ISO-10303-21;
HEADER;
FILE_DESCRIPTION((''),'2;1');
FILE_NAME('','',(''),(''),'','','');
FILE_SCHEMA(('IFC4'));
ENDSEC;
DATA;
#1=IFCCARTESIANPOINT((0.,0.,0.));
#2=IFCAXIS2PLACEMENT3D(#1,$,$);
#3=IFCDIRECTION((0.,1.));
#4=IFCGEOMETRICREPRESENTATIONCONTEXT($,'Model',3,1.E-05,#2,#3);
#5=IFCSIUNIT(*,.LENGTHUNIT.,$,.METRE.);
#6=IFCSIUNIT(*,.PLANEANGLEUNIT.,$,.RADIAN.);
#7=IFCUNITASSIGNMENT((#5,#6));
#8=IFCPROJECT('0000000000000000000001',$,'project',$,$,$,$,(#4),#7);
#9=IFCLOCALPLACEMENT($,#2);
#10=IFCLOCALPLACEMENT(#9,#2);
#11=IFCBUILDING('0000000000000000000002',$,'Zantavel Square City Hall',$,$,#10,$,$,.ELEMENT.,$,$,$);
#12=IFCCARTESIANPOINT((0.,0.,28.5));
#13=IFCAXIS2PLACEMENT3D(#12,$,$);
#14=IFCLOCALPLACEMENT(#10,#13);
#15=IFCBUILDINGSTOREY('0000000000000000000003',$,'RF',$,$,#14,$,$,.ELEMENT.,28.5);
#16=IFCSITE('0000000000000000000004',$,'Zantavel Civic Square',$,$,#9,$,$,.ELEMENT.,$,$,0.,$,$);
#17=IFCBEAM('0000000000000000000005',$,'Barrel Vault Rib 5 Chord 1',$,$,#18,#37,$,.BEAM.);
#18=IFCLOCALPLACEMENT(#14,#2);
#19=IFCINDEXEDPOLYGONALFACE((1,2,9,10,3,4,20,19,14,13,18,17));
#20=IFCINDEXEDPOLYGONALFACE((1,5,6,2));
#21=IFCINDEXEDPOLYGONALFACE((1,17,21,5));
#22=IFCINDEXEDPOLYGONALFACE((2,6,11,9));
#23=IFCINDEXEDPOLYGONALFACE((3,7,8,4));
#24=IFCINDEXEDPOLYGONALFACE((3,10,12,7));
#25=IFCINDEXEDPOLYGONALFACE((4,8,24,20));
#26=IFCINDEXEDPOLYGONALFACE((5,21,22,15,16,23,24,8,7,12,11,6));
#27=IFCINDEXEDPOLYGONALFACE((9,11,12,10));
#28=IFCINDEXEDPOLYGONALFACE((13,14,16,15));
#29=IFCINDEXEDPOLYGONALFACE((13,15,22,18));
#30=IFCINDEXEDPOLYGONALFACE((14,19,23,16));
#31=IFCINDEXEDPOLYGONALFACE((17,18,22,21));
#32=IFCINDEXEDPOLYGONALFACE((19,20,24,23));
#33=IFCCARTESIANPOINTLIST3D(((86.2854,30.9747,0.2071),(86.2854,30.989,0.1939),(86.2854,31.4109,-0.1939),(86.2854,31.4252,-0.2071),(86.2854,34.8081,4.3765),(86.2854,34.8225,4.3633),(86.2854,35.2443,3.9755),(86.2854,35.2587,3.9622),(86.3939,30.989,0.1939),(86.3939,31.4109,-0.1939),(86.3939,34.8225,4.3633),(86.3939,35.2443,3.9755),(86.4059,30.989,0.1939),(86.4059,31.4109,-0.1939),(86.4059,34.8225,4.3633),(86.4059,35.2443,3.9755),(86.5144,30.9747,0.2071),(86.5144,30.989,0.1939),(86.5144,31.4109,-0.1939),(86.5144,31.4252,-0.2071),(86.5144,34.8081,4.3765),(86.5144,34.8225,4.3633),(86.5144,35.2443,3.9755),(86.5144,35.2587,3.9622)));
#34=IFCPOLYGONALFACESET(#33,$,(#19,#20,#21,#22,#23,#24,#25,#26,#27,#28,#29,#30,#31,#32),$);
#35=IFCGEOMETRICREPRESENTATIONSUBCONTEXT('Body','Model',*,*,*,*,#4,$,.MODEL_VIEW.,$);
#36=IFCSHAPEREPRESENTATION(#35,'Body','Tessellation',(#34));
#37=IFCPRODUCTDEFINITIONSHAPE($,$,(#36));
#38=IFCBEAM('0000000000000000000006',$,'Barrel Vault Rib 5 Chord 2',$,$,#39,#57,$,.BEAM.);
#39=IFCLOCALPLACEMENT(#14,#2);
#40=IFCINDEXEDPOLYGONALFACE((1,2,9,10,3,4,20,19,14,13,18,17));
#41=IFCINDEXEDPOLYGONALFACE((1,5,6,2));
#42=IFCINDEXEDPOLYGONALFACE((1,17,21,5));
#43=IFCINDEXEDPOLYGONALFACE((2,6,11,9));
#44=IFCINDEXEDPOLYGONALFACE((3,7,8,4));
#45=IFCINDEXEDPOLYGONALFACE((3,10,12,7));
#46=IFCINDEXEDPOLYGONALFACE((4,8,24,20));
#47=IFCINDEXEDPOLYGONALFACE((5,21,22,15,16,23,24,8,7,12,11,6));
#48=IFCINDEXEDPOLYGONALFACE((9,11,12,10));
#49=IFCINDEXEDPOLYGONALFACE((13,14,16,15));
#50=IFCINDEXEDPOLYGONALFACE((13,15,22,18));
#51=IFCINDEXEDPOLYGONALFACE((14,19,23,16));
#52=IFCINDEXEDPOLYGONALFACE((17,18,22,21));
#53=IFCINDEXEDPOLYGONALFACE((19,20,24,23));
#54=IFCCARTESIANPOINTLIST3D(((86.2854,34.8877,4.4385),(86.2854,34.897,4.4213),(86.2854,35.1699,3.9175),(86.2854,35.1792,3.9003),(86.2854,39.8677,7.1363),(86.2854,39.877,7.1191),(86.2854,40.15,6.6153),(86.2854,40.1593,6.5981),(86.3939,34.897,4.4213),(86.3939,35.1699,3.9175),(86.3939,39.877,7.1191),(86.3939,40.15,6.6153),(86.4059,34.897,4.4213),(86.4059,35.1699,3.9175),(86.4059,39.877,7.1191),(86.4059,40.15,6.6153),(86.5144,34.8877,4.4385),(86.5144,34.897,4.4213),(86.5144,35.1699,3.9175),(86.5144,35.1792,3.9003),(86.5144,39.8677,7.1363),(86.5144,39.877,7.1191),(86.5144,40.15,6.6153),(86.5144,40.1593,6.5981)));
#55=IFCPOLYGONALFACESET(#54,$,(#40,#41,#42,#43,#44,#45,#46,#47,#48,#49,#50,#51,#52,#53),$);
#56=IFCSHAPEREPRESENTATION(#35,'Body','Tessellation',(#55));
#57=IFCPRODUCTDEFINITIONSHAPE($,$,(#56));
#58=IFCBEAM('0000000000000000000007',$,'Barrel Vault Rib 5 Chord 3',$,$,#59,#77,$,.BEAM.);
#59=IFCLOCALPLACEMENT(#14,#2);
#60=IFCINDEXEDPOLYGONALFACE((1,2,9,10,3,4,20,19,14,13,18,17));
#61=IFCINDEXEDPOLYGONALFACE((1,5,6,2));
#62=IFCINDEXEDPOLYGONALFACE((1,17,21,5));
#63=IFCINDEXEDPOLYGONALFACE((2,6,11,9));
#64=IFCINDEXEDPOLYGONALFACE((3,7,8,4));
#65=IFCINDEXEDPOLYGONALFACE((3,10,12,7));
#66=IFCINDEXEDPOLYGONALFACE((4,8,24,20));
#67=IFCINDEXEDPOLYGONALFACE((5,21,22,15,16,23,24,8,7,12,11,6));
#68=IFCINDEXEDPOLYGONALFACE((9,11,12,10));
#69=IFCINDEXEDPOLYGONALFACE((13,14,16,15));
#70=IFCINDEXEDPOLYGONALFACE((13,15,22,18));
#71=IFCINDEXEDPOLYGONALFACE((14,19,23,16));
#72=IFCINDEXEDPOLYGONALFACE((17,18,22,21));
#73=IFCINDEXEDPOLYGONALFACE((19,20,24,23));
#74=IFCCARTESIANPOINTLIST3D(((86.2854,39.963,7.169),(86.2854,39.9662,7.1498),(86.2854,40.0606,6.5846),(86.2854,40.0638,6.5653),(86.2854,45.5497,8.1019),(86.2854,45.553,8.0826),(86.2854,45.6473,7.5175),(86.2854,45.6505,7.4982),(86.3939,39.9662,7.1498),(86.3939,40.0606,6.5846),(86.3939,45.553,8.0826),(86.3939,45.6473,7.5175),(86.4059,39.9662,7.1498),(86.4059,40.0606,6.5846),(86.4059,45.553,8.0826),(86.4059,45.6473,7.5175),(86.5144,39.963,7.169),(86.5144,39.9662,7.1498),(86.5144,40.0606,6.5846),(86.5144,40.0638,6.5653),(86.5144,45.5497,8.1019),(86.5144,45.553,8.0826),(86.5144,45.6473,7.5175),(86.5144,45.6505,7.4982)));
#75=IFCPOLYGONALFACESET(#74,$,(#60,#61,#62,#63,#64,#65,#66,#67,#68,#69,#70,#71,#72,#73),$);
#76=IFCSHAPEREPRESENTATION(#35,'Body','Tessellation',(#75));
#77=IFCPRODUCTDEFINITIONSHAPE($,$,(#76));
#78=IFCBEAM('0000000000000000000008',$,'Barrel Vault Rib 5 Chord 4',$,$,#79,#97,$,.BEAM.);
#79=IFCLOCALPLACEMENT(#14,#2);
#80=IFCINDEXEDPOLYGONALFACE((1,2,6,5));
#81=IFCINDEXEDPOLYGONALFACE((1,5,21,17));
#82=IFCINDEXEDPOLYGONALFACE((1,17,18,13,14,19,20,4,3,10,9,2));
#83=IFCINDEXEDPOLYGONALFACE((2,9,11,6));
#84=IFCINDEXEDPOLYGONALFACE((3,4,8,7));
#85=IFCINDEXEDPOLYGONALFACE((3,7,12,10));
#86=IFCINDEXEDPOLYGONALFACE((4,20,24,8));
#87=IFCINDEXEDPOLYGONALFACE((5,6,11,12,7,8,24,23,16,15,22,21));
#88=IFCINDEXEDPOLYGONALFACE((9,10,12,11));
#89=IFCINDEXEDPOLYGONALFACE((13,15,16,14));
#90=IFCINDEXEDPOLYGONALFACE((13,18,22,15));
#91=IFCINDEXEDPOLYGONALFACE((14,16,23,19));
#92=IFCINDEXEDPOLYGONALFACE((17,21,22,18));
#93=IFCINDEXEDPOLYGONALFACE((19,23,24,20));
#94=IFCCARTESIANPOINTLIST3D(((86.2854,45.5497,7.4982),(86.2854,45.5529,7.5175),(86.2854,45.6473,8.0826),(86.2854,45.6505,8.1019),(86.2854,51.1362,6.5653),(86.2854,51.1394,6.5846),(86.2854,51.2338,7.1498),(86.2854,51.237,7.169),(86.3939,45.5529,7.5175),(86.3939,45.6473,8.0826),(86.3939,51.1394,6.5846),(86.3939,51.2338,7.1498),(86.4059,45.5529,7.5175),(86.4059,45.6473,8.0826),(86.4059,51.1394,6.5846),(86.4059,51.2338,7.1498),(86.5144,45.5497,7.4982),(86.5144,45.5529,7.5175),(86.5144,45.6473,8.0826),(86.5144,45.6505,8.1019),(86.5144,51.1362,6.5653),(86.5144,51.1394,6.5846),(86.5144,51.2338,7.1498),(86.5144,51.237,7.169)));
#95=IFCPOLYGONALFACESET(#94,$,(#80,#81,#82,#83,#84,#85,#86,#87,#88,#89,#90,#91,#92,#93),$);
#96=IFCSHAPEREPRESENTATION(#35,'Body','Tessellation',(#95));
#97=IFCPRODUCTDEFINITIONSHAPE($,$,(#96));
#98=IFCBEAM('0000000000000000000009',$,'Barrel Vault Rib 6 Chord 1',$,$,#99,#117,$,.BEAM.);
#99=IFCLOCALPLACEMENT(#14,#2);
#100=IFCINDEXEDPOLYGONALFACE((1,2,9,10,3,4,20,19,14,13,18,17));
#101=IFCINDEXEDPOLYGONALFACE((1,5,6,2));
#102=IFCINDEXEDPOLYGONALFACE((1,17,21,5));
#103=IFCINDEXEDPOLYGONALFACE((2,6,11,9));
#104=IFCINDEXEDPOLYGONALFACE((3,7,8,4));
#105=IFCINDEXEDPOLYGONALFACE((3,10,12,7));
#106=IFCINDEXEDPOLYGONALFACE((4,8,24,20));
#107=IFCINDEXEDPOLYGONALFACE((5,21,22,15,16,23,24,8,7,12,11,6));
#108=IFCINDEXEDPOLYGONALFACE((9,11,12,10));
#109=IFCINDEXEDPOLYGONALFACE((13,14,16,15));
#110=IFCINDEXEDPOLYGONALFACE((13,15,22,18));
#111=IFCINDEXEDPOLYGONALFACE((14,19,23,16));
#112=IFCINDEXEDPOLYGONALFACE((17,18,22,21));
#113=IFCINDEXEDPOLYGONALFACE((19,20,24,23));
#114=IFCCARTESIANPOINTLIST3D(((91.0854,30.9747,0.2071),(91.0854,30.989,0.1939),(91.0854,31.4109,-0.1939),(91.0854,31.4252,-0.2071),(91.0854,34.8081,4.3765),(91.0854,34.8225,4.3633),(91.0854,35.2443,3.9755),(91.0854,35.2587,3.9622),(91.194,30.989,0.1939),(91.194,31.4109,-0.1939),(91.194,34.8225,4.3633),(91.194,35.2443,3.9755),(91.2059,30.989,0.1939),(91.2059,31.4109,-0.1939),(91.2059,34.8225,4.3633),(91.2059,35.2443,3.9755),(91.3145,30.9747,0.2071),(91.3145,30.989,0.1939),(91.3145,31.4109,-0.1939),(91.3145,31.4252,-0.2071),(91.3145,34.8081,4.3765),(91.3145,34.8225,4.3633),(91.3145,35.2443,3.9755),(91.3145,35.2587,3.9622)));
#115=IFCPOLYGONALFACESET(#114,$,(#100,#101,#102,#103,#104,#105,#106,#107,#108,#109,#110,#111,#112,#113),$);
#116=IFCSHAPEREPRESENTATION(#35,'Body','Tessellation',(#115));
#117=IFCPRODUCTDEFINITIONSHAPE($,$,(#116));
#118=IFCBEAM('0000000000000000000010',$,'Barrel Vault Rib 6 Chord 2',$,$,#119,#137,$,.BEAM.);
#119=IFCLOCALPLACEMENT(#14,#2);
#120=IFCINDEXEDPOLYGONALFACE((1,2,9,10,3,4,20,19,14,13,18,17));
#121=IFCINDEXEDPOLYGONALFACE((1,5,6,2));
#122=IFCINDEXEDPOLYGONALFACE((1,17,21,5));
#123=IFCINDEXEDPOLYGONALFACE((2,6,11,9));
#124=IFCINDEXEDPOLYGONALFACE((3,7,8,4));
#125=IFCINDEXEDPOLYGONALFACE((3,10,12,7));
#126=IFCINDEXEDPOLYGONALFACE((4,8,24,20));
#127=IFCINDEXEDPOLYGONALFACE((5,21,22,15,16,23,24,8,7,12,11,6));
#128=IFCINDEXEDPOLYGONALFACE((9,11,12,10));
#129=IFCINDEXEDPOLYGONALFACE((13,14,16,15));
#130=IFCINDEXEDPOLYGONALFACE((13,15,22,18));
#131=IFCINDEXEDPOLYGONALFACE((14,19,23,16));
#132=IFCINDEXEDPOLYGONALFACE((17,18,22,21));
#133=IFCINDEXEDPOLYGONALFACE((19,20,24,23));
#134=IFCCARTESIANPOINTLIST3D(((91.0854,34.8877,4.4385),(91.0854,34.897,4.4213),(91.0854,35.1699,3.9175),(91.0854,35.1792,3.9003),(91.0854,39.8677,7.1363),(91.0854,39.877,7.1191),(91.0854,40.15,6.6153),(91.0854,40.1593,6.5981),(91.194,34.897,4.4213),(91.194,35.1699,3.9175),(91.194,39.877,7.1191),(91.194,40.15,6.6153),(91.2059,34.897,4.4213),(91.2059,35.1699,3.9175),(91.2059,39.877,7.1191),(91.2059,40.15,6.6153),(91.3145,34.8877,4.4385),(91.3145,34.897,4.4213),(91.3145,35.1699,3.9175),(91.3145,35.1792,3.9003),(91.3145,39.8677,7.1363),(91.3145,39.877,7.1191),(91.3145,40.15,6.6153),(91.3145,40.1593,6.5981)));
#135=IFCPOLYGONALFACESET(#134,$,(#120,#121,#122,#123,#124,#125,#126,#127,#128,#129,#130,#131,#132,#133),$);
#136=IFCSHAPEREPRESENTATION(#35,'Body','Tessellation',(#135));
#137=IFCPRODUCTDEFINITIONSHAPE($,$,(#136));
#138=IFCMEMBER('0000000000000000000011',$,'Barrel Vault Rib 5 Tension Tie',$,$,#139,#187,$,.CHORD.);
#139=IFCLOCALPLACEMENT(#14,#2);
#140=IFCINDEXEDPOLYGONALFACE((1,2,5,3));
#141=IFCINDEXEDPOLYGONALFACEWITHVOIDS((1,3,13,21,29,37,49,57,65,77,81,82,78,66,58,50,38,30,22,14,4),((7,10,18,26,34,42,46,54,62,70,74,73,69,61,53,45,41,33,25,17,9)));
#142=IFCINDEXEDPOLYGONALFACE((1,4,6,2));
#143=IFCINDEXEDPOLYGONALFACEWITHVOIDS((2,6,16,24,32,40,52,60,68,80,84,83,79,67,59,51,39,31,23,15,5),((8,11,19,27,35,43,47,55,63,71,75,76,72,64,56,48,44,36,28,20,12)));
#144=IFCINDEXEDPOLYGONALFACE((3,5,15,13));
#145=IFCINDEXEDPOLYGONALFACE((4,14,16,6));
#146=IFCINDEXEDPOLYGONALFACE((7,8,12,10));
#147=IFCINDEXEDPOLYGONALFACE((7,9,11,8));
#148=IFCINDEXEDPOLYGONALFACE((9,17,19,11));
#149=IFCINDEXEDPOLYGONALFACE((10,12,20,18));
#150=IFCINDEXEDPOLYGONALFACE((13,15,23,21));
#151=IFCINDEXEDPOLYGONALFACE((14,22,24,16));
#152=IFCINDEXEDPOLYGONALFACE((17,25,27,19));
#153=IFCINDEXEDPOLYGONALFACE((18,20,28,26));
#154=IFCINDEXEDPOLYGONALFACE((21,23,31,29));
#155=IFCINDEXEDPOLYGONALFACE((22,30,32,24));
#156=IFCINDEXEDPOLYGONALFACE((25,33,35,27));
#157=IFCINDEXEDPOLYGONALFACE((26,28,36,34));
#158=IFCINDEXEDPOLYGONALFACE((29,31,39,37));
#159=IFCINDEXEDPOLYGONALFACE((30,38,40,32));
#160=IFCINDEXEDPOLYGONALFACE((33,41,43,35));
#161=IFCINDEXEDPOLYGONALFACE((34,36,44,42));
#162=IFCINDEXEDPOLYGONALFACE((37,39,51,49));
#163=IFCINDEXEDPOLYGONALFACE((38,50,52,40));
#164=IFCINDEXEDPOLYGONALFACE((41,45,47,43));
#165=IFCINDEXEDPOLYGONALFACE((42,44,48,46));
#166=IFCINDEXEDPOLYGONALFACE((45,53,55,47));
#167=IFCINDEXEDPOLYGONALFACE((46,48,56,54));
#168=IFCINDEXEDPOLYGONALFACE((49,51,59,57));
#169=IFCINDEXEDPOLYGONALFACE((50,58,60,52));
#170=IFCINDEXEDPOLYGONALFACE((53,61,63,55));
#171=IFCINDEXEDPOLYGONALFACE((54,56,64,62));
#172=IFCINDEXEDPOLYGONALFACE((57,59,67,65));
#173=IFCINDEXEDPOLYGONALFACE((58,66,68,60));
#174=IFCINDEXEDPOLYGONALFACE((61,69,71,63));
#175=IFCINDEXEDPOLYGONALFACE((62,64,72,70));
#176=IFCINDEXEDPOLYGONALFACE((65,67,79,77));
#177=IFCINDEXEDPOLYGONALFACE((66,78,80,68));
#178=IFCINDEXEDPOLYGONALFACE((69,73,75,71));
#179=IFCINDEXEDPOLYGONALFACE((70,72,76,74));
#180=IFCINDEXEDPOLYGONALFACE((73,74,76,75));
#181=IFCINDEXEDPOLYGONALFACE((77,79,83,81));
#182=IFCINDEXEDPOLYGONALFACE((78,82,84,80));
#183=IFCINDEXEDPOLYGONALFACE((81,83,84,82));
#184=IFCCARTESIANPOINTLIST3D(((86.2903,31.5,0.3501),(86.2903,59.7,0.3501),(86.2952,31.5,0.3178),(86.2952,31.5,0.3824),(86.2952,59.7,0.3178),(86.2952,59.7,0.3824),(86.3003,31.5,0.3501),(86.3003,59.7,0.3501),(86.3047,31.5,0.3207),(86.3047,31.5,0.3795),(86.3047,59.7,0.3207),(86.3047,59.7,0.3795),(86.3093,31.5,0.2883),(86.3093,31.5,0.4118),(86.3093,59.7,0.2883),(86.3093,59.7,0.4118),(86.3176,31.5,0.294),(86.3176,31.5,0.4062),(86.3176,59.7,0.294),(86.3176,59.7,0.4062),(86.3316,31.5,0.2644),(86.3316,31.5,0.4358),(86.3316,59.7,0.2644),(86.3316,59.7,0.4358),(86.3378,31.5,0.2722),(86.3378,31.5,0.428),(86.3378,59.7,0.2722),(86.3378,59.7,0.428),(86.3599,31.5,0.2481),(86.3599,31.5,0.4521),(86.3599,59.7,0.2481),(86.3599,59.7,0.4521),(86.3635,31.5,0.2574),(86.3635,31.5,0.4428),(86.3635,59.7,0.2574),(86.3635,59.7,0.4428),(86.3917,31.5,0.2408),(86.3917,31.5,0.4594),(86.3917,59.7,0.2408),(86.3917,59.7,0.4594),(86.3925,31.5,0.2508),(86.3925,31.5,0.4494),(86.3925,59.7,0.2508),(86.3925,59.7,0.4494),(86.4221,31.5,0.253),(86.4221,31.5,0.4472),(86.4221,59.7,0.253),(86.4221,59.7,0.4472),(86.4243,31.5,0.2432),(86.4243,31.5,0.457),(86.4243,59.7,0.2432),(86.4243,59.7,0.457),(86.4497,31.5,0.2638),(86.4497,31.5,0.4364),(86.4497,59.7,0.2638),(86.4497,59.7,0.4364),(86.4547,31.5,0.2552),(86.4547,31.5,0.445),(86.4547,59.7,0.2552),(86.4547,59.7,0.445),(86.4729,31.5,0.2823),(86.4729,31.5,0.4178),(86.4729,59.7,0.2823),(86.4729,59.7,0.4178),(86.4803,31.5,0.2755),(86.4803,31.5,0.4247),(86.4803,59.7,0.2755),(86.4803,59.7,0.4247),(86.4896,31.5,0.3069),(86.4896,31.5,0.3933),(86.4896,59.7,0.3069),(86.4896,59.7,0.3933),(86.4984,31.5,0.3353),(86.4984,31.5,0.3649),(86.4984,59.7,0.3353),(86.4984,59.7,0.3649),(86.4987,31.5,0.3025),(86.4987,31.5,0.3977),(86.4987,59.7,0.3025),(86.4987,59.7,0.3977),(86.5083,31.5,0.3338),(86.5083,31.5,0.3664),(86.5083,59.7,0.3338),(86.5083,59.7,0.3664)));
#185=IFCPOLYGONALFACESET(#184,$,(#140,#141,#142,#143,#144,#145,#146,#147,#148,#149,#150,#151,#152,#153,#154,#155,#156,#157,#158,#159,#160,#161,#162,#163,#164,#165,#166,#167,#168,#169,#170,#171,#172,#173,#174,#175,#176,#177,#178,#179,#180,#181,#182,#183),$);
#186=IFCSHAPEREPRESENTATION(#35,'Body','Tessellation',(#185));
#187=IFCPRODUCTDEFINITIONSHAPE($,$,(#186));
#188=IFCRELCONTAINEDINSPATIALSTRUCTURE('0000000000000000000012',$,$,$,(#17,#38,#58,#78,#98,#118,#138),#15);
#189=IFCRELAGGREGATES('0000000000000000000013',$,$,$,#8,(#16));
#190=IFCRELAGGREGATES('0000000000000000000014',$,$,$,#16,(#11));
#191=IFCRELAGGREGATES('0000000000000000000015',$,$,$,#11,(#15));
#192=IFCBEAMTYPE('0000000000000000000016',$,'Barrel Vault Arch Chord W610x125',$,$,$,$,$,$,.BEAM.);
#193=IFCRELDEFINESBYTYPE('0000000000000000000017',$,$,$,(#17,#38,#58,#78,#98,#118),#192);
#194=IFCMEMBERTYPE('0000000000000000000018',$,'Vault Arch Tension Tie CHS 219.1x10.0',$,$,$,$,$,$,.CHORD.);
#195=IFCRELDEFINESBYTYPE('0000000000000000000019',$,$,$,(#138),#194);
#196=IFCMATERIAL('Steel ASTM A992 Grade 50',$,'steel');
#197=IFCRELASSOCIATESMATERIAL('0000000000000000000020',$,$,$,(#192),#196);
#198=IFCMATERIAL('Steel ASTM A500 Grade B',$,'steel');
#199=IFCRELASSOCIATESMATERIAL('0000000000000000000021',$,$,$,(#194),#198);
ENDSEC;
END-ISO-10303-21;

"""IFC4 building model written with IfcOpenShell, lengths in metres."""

from ifc_helpers import new_model, si_unit, direction, frame, origin, origin_2d, place, context, subcontext, project, spatial, hollow_circle, i_section, extrude, material, material_profile, profile_set, type_object, element, save


model = new_model("IFC4")

# Units and contexts
model_context = context("Model", 3, precision=1e-05, world=origin(), true_north=direction((0.0, 1.0)))
body_context = subcontext(model_context, "Body", "Model", "MODEL_VIEW")
ifc_project = project(units=[si_unit("LENGTHUNIT", "METRE"), si_unit("PLANEANGLEUNIT", "RADIAN")], contexts=[model_context])

# Site, building, storey
site_placement = place(None, origin())
site = spatial("IfcSite", under=ifc_project, at=site_placement, Name="Zantavel Civic Square", CompositionType="ELEMENT", RefElevation=0.0)
building_placement = place(site_placement, origin())
building = spatial("IfcBuilding", under=site, at=building_placement, Name="Zantavel Square City Hall", CompositionType="ELEMENT")
storey_placement = place(building_placement, frame((0.0, 0.0, 28.5)))
storey = spatial("IfcBuildingStorey", under=building, at=storey_placement, Name="RF", CompositionType="ELEMENT", Elevation=28.5)

# Beams
ifc_material_1 = material(Name="Steel ASTM A992 Grade 50", Category="steel")
ifc_material_profile_1 = material_profile(ifc_material_1, i_section(OverallWidth=0.229, OverallDepth=0.6121, WebThickness=0.012, FlangeThickness=0.0195, at=origin_2d()), Name="W610x125")
ifc_profile_set_1 = profile_set([ifc_material_profile_1], Name="Steel ASTM A992 Grade 50")
beam_type = type_object("IfcBeamType", Name="Barrel Vault Arch Chord W610x125", PredefinedType="BEAM", material=ifc_profile_set_1)
for number, where, z_axis, x_axis, name in (
    (1, (86.3999, 31.2, 0.0), (0.0, 0.676829, 0.736141), (-1.0, 0.0, 0.0), "Barrel Vault Rib 5 Chord 1"),
    (2, (86.3999, 35.0334, 4.1694), (0.0, 0.879272, 0.476319), (-1.0, 0.0, 0.0), "Barrel Vault Rib 5 Chord 2"),
):
    element("IfcBeam", number, at=place(storey_placement, frame(where, z_axis=z_axis, x_axis=x_axis)), inside=storey, type_object=beam_type, Name=name, PredefinedType="BEAM", context=body_context, shape_type="SweptSolid", body=[
        extrude(i_section(OverallWidth=0.229, OverallDepth=0.6121, WebThickness=0.012, FlangeThickness=0.0195, at=origin_2d()), origin(), (0.0, 0.0, 1.0), 5.6638),
    ])
beam_placement = place(storey_placement, frame((86.3999, 40.0134, 6.8672), z_axis=(0.0, 0.986344, 0.1647), x_axis=(-1.0, 0.0, 0.0)))
element("IfcBeam", 3, at=beam_placement, inside=storey, type_object=beam_type, Name="Barrel Vault Rib 5 Chord 3", PredefinedType="BEAM", context=body_context, shape_type="SweptSolid", body=[
    extrude(i_section(OverallWidth=0.229, OverallDepth=0.6121, WebThickness=0.012, FlangeThickness=0.0195, at=origin_2d()), origin(), (0.0, 0.0, 1.0), 5.6641),
])
for number, where, z_axis, x_axis, name in (
    (4, (86.3999, 45.6001, 7.8), (0.0, 0.986343, -0.164707), (-1.0, 0.0, 0.0), "Barrel Vault Rib 5 Chord 4"),
    (5, (91.2, 31.2, 0.0), (0.0, 0.676829, 0.736141), (-1.0, 0.0, 0.0), "Barrel Vault Rib 6 Chord 1"),
    (6, (91.2, 35.0334, 4.1694), (0.0, 0.879272, 0.476319), (-1.0, 0.0, 0.0), "Barrel Vault Rib 6 Chord 2"),
):
    element("IfcBeam", number, at=place(storey_placement, frame(where, z_axis=z_axis, x_axis=x_axis)), inside=storey, type_object=beam_type, Name=name, PredefinedType="BEAM", context=body_context, shape_type="SweptSolid", body=[
        extrude(i_section(OverallWidth=0.229, OverallDepth=0.6121, WebThickness=0.012, FlangeThickness=0.0195, at=origin_2d()), origin(), (0.0, 0.0, 1.0), 5.6638),
    ])

# Member
ifc_material_2 = material(Name="Steel ASTM A500 Grade B", Category="steel")
ifc_material_profile_2 = material_profile(ifc_material_2, hollow_circle(Radius=0.1096, WallThickness=0.01, at=origin_2d()), Name="CHS 219.1x10.0")
ifc_profile_set_2 = profile_set([ifc_material_profile_2], Name="Steel ASTM A500 Grade B")
member_type_1 = type_object("IfcMemberType", Name="Vault Arch Tension Tie CHS 219.1x10.0", PredefinedType="CHORD", material=ifc_profile_set_2)
for number, where, z_axis, x_axis, name in (
    (7, (86.3999, 31.5, 0.3501), (0.0, 1.0, 0.0), (-1.0, 0.0, 0.0), "Barrel Vault Rib 5 Tension Tie"),
):
    element("IfcMember", number, at=place(storey_placement, frame(where, z_axis=z_axis, x_axis=x_axis)), inside=storey, type_object=member_type_1, Name=name, PredefinedType="CHORD", context=body_context, shape_type="SweptSolid", body=[
        extrude(hollow_circle(Radius=0.1096, WallThickness=0.01, at=origin_2d()), origin(), (0.0, 0.0, 1.0), 28.2),
    ])

save(model, "model.ifc")
